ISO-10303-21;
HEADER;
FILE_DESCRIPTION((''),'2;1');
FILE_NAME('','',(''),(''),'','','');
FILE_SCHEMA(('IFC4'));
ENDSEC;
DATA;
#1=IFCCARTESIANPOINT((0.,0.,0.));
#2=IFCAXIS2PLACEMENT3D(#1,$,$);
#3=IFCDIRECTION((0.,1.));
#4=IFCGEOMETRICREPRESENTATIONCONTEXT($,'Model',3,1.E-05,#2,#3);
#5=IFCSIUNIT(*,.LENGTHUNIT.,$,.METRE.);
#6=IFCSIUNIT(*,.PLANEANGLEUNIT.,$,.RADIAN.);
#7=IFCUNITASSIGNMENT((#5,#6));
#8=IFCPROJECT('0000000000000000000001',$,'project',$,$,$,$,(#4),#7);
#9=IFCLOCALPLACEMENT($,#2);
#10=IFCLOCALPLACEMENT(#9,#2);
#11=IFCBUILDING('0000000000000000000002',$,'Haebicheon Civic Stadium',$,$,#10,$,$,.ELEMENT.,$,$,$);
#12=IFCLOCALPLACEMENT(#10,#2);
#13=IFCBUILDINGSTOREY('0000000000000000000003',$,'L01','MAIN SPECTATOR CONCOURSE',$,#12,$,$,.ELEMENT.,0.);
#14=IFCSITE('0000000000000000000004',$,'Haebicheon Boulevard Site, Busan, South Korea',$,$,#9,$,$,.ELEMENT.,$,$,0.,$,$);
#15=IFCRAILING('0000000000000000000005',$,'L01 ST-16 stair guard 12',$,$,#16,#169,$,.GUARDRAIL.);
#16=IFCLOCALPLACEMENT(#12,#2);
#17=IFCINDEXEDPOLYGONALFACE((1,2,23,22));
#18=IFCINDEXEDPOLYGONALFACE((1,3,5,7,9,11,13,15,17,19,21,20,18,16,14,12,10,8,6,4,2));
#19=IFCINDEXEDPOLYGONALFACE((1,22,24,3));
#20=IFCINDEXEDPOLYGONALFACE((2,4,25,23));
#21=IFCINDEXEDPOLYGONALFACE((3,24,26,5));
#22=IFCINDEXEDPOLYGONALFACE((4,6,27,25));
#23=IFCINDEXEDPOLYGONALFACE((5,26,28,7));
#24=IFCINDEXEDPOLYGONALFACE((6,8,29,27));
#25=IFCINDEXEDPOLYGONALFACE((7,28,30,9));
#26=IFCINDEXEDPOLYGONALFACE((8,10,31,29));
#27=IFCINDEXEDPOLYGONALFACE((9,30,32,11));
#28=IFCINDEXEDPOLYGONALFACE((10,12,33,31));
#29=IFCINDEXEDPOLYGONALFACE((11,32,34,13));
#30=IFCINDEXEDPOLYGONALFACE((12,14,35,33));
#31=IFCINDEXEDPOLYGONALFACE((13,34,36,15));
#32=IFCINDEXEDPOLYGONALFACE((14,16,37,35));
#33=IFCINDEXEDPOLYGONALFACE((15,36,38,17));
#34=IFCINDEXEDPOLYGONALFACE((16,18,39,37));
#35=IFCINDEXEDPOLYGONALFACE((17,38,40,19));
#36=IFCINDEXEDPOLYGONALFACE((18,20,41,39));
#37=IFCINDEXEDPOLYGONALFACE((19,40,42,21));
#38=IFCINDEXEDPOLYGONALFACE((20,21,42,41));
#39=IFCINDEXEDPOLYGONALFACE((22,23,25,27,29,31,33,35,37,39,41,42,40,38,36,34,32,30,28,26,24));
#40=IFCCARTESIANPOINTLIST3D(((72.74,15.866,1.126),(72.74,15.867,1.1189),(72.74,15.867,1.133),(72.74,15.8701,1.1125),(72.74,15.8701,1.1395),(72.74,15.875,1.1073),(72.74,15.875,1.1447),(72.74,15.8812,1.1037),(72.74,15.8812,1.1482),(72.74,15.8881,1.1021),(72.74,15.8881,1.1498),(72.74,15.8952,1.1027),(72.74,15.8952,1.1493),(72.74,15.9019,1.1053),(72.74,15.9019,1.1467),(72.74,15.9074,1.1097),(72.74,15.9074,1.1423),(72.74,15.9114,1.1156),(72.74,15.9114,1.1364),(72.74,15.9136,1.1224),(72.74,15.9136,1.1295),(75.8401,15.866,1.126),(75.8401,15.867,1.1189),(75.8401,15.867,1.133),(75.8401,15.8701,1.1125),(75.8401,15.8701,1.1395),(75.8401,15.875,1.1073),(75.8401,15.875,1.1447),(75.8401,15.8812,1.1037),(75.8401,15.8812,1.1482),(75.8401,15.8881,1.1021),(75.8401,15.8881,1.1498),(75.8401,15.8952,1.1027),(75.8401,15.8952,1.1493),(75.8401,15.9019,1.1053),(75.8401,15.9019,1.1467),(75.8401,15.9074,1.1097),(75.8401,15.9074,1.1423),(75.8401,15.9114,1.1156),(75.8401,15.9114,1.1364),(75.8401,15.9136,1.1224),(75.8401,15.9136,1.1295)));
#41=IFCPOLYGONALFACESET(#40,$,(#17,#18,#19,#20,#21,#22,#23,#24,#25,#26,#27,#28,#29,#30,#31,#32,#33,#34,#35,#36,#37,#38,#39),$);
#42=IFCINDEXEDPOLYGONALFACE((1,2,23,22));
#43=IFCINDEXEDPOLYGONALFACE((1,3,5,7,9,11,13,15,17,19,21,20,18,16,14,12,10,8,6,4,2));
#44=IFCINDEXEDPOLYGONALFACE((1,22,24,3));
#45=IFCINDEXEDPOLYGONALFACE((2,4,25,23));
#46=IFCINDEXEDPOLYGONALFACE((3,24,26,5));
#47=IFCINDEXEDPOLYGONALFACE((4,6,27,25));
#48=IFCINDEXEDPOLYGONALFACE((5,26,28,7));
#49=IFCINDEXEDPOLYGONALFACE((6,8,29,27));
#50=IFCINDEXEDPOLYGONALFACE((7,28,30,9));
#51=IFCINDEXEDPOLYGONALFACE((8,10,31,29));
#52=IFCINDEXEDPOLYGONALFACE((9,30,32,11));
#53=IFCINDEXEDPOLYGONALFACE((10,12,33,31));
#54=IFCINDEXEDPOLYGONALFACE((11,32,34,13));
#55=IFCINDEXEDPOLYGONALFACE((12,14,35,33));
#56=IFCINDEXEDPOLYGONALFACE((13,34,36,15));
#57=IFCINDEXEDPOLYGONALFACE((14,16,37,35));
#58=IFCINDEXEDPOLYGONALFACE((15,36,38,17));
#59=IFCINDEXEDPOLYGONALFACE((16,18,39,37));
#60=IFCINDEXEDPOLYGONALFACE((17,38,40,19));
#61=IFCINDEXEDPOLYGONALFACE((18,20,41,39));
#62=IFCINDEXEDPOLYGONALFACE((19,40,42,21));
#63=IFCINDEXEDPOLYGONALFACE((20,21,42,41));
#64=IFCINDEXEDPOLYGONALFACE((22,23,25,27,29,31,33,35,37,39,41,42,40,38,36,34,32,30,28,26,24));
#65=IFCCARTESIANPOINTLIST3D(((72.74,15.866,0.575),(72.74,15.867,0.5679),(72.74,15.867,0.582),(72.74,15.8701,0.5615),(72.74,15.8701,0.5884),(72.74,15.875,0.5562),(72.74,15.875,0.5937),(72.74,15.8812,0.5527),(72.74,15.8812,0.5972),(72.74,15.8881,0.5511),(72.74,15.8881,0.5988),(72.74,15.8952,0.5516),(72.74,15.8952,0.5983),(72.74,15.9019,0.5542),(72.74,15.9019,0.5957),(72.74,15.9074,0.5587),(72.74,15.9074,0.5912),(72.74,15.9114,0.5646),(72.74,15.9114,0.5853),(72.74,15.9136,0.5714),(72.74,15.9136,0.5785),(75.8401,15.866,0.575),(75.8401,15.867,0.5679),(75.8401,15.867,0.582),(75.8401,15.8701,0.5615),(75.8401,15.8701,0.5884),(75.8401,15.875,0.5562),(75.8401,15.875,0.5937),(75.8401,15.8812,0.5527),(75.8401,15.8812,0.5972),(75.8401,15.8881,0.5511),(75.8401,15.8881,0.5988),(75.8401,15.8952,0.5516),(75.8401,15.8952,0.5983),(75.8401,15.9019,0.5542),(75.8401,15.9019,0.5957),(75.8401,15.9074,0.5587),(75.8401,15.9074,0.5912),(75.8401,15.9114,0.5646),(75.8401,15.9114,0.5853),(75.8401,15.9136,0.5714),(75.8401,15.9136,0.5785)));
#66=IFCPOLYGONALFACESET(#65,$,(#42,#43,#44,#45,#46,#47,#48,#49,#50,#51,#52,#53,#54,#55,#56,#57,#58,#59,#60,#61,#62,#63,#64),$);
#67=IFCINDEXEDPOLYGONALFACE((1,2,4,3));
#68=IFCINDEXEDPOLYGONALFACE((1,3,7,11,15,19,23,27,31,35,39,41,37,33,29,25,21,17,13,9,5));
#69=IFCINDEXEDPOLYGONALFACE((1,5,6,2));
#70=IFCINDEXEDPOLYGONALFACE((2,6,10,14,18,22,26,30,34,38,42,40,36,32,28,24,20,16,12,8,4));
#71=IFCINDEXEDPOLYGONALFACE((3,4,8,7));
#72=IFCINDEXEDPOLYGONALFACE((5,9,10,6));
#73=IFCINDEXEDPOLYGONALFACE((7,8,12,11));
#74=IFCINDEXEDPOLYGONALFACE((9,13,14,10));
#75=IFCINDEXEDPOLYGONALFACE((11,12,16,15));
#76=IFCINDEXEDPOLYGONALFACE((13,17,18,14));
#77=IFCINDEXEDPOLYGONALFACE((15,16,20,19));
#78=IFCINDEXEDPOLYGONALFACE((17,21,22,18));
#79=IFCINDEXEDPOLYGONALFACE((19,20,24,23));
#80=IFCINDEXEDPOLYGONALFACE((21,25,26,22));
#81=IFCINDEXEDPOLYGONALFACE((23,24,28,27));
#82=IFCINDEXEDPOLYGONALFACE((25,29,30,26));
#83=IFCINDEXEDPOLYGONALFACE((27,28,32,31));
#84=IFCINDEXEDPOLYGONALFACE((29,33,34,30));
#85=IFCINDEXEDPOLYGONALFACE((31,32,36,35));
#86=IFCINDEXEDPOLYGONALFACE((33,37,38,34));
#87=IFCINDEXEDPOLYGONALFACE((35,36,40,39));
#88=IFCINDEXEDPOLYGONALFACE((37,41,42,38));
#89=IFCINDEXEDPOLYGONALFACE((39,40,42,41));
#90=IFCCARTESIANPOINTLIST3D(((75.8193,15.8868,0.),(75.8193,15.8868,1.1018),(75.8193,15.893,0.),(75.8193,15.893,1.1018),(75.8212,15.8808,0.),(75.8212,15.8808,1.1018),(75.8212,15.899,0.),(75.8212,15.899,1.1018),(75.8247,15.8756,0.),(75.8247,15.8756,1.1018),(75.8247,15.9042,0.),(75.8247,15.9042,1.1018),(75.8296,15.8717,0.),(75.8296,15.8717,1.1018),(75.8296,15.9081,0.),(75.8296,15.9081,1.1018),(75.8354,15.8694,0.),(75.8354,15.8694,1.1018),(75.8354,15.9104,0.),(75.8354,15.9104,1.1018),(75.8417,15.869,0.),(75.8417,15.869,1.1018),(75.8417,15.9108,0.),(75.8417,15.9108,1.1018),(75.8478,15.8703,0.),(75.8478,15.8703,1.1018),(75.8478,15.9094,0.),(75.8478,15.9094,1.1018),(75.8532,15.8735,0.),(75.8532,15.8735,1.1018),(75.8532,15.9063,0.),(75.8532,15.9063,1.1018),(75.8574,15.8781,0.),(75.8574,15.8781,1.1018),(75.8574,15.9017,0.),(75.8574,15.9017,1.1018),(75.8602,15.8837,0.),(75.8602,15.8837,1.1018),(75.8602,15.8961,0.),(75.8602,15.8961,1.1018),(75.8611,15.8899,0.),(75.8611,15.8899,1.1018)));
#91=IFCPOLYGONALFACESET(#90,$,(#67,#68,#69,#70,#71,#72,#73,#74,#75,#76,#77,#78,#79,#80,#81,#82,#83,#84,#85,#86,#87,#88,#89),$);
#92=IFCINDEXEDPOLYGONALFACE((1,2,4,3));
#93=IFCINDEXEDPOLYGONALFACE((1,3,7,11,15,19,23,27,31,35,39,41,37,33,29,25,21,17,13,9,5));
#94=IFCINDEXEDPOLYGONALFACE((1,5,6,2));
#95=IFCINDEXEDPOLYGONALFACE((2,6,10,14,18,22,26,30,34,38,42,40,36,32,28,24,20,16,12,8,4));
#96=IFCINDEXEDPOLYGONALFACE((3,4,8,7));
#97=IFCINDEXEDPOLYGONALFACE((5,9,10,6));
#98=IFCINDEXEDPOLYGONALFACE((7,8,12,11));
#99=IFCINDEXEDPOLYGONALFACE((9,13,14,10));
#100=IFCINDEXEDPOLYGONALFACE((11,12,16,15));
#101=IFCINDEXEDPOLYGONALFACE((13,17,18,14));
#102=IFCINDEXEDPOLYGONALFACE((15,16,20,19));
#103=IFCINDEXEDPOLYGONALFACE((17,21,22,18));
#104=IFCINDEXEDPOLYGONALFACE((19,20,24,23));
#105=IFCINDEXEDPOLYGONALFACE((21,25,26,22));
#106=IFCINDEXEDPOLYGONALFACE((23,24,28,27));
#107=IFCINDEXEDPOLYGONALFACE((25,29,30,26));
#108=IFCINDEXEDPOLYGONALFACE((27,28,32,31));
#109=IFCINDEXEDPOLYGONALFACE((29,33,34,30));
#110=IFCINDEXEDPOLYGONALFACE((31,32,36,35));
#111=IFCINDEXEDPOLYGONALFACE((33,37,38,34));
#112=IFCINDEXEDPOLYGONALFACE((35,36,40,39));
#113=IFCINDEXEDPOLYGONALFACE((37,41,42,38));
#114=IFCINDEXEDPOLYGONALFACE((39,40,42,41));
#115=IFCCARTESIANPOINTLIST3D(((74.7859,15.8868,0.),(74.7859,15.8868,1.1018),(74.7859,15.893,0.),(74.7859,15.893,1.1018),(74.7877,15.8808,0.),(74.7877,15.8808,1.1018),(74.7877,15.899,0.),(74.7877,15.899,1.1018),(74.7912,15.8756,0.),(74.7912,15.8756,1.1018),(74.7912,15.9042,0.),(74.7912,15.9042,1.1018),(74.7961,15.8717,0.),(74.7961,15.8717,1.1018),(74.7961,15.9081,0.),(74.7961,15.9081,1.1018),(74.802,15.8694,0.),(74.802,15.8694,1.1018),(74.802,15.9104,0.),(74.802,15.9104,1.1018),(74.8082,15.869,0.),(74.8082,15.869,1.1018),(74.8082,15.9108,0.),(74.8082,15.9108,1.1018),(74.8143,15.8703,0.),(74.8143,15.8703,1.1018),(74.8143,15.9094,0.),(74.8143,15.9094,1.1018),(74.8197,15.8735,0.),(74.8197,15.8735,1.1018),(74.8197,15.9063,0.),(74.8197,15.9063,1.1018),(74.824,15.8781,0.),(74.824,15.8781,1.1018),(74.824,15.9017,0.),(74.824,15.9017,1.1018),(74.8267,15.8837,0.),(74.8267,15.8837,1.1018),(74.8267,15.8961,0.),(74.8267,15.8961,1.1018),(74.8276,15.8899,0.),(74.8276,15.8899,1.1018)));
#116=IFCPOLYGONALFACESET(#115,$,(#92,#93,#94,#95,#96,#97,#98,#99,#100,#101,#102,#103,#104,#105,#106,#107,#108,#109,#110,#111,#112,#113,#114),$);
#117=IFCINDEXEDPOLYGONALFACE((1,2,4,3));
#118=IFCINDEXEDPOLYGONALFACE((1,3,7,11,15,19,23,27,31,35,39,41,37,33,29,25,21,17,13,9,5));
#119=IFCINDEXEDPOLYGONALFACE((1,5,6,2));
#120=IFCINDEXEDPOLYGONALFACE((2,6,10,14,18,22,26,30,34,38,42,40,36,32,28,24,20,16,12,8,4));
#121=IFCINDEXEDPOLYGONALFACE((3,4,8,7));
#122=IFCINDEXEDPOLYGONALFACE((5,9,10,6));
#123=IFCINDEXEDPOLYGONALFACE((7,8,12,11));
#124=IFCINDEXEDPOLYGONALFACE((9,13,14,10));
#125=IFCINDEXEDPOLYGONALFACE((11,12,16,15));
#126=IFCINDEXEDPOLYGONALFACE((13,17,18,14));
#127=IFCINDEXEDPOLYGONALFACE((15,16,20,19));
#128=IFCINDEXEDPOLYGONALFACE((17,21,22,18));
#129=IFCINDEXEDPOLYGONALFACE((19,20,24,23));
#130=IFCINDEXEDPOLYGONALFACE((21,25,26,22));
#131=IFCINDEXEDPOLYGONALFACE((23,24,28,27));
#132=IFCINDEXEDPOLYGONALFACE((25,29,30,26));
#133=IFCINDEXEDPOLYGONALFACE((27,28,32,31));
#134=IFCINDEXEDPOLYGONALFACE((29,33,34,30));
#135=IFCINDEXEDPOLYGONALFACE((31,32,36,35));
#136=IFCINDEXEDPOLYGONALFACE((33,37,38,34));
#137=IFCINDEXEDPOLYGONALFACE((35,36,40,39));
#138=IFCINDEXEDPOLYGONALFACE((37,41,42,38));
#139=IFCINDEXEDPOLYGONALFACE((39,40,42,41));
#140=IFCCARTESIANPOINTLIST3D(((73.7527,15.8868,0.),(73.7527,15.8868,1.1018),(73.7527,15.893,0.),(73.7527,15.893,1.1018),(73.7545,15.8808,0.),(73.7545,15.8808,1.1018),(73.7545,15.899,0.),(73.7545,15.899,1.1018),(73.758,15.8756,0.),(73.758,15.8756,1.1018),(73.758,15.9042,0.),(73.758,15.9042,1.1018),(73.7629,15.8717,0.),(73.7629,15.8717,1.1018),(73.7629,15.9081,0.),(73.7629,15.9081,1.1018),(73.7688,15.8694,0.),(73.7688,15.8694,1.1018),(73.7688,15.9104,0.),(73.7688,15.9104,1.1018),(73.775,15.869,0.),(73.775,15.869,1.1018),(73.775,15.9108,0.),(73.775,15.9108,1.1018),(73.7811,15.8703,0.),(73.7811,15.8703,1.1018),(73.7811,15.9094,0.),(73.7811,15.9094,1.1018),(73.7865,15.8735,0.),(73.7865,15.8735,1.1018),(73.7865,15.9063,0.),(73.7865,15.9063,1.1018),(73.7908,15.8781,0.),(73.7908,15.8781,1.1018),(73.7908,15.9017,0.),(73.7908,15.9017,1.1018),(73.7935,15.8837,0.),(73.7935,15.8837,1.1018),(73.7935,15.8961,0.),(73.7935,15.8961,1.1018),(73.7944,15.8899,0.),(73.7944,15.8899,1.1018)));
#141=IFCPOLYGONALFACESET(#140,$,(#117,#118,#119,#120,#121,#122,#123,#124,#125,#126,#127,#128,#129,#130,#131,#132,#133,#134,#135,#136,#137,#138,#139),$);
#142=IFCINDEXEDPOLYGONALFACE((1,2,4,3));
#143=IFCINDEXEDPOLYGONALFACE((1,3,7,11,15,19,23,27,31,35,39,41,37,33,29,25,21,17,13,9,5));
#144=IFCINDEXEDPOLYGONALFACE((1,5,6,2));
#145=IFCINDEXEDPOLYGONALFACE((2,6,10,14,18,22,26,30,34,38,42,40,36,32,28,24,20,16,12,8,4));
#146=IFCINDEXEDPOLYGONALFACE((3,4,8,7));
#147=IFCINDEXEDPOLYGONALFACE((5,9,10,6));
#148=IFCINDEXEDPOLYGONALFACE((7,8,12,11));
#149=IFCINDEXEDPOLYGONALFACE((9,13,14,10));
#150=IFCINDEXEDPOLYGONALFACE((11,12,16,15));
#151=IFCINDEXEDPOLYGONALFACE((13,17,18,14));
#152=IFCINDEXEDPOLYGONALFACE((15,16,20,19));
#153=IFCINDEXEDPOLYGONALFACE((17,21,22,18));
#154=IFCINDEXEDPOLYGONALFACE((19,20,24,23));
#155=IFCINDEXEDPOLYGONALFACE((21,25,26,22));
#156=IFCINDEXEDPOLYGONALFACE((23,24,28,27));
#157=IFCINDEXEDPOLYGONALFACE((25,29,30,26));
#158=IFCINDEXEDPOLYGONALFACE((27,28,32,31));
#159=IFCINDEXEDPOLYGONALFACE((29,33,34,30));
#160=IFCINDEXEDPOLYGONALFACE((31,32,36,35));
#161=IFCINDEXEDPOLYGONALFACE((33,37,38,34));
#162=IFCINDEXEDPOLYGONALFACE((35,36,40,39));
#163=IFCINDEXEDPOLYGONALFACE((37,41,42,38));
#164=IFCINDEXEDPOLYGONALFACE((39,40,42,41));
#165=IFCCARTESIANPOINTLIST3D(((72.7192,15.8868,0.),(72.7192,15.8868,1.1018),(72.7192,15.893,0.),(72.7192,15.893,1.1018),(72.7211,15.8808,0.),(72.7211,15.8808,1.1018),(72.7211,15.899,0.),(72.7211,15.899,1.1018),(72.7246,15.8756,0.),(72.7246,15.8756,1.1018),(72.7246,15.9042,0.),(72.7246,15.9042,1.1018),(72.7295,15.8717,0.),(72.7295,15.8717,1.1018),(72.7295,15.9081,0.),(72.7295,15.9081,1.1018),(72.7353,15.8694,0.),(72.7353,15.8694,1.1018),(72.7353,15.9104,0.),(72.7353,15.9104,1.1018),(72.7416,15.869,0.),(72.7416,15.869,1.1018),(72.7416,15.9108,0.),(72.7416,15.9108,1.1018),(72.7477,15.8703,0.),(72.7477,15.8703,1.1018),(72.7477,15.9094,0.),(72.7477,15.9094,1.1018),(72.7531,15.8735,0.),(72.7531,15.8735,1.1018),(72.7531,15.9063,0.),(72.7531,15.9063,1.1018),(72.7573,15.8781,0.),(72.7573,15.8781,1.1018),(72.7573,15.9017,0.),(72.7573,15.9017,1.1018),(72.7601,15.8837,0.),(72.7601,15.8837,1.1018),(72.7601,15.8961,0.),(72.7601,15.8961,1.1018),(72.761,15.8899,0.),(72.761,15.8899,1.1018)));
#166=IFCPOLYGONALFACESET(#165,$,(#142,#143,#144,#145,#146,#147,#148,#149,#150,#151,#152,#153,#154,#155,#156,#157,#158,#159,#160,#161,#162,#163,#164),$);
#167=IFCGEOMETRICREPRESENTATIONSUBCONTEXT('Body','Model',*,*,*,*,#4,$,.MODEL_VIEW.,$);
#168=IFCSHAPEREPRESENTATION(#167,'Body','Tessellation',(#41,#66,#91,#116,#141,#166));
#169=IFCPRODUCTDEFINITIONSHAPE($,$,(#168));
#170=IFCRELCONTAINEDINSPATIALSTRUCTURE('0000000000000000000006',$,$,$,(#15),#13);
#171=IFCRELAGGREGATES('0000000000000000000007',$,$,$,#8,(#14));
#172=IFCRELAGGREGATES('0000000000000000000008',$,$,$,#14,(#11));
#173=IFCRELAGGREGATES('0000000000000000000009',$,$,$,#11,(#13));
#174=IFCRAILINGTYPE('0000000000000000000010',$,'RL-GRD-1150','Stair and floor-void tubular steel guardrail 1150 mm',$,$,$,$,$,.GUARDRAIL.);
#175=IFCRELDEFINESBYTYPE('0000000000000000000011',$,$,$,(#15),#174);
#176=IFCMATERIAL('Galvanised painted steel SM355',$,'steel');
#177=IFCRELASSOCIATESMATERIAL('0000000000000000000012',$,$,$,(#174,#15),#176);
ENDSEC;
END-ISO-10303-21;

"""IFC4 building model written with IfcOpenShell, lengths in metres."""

from ifc_helpers import new_model, si_unit, direction, frame, origin, origin_2d, place, context, subcontext, project, spatial, circle, extrude, material, type_object, element, save


model = new_model("IFC4")

# Units and contexts
model_context = context("Model", 3, precision=1e-05, world=origin(), true_north=direction((0.0, 1.0)))
body_context = subcontext(model_context, "Body", "Model", "MODEL_VIEW")
ifc_project = project(units=[si_unit("LENGTHUNIT", "METRE"), si_unit("PLANEANGLEUNIT", "RADIAN")], contexts=[model_context])

# Site, building, storey
site_placement = place(None, origin())
site = spatial("IfcSite", under=ifc_project, at=site_placement, Name="Haebicheon Boulevard Site, Busan, South Korea", CompositionType="ELEMENT", RefElevation=0.0)
building_placement = place(site_placement, origin())
building = spatial("IfcBuilding", under=site, at=building_placement, Name="Haebicheon Civic Stadium", CompositionType="ELEMENT")
storey_placement = place(building_placement, origin())
storey = spatial("IfcBuildingStorey", under=building, at=storey_placement, Name="L01", Description="MAIN SPECTATOR CONCOURSE", CompositionType="ELEMENT", Elevation=0.0)

# Railing
ifc_material_1 = material(Name="Galvanised painted steel SM355", Category="steel")
railing_type_1 = type_object("IfcRailingType", Name="RL-GRD-1150", Description="Stair and floor-void tubular steel guardrail 1150 mm", PredefinedType="GUARDRAIL", material=ifc_material_1)
railing_1_placement = place(storey_placement, frame((75.8401, 15.8899, 0.0)))
element("IfcRailing", 1, at=railing_1_placement, inside=storey, type_object=railing_type_1, material=ifc_material_1, Name="L01 ST-16 stair guard 12", PredefinedType="GUARDRAIL", context=body_context, shape_type="SweptSolid", body=[
    extrude(circle(Radius=0.0239, at=origin_2d()), frame((0.0, 0.0, 1.126), z_axis=(-1.0, 0.0, 0.0), x_axis=(0.0, -1.0, 0.0)), (0.0, 0.0, 1.0), 3.1001),
    extrude(circle(Radius=0.0239, at=origin_2d()), frame((0.0, 0.0, 0.575), z_axis=(-1.0, 0.0, 0.0), x_axis=(0.0, -1.0, 0.0)), (0.0, 0.0, 1.0), 3.1001),
    extrude(circle(Radius=0.021, at=origin_2d()), origin(), (0.0, 0.0, 1.0), 1.1018),
    extrude(circle(Radius=0.021, at=origin_2d()), frame((-1.0334, 0.0, 0.0)), (0.0, 0.0, 1.0), 1.1018),
    extrude(circle(Radius=0.021, at=origin_2d()), frame((-2.0667, 0.0, 0.0)), (0.0, 0.0, 1.0), 1.1018),
    extrude(circle(Radius=0.021, at=origin_2d()), frame((-3.1001, 0.0, 0.0)), (0.0, 0.0, 1.0), 1.1018),
])

save(model, "model.ifc")
